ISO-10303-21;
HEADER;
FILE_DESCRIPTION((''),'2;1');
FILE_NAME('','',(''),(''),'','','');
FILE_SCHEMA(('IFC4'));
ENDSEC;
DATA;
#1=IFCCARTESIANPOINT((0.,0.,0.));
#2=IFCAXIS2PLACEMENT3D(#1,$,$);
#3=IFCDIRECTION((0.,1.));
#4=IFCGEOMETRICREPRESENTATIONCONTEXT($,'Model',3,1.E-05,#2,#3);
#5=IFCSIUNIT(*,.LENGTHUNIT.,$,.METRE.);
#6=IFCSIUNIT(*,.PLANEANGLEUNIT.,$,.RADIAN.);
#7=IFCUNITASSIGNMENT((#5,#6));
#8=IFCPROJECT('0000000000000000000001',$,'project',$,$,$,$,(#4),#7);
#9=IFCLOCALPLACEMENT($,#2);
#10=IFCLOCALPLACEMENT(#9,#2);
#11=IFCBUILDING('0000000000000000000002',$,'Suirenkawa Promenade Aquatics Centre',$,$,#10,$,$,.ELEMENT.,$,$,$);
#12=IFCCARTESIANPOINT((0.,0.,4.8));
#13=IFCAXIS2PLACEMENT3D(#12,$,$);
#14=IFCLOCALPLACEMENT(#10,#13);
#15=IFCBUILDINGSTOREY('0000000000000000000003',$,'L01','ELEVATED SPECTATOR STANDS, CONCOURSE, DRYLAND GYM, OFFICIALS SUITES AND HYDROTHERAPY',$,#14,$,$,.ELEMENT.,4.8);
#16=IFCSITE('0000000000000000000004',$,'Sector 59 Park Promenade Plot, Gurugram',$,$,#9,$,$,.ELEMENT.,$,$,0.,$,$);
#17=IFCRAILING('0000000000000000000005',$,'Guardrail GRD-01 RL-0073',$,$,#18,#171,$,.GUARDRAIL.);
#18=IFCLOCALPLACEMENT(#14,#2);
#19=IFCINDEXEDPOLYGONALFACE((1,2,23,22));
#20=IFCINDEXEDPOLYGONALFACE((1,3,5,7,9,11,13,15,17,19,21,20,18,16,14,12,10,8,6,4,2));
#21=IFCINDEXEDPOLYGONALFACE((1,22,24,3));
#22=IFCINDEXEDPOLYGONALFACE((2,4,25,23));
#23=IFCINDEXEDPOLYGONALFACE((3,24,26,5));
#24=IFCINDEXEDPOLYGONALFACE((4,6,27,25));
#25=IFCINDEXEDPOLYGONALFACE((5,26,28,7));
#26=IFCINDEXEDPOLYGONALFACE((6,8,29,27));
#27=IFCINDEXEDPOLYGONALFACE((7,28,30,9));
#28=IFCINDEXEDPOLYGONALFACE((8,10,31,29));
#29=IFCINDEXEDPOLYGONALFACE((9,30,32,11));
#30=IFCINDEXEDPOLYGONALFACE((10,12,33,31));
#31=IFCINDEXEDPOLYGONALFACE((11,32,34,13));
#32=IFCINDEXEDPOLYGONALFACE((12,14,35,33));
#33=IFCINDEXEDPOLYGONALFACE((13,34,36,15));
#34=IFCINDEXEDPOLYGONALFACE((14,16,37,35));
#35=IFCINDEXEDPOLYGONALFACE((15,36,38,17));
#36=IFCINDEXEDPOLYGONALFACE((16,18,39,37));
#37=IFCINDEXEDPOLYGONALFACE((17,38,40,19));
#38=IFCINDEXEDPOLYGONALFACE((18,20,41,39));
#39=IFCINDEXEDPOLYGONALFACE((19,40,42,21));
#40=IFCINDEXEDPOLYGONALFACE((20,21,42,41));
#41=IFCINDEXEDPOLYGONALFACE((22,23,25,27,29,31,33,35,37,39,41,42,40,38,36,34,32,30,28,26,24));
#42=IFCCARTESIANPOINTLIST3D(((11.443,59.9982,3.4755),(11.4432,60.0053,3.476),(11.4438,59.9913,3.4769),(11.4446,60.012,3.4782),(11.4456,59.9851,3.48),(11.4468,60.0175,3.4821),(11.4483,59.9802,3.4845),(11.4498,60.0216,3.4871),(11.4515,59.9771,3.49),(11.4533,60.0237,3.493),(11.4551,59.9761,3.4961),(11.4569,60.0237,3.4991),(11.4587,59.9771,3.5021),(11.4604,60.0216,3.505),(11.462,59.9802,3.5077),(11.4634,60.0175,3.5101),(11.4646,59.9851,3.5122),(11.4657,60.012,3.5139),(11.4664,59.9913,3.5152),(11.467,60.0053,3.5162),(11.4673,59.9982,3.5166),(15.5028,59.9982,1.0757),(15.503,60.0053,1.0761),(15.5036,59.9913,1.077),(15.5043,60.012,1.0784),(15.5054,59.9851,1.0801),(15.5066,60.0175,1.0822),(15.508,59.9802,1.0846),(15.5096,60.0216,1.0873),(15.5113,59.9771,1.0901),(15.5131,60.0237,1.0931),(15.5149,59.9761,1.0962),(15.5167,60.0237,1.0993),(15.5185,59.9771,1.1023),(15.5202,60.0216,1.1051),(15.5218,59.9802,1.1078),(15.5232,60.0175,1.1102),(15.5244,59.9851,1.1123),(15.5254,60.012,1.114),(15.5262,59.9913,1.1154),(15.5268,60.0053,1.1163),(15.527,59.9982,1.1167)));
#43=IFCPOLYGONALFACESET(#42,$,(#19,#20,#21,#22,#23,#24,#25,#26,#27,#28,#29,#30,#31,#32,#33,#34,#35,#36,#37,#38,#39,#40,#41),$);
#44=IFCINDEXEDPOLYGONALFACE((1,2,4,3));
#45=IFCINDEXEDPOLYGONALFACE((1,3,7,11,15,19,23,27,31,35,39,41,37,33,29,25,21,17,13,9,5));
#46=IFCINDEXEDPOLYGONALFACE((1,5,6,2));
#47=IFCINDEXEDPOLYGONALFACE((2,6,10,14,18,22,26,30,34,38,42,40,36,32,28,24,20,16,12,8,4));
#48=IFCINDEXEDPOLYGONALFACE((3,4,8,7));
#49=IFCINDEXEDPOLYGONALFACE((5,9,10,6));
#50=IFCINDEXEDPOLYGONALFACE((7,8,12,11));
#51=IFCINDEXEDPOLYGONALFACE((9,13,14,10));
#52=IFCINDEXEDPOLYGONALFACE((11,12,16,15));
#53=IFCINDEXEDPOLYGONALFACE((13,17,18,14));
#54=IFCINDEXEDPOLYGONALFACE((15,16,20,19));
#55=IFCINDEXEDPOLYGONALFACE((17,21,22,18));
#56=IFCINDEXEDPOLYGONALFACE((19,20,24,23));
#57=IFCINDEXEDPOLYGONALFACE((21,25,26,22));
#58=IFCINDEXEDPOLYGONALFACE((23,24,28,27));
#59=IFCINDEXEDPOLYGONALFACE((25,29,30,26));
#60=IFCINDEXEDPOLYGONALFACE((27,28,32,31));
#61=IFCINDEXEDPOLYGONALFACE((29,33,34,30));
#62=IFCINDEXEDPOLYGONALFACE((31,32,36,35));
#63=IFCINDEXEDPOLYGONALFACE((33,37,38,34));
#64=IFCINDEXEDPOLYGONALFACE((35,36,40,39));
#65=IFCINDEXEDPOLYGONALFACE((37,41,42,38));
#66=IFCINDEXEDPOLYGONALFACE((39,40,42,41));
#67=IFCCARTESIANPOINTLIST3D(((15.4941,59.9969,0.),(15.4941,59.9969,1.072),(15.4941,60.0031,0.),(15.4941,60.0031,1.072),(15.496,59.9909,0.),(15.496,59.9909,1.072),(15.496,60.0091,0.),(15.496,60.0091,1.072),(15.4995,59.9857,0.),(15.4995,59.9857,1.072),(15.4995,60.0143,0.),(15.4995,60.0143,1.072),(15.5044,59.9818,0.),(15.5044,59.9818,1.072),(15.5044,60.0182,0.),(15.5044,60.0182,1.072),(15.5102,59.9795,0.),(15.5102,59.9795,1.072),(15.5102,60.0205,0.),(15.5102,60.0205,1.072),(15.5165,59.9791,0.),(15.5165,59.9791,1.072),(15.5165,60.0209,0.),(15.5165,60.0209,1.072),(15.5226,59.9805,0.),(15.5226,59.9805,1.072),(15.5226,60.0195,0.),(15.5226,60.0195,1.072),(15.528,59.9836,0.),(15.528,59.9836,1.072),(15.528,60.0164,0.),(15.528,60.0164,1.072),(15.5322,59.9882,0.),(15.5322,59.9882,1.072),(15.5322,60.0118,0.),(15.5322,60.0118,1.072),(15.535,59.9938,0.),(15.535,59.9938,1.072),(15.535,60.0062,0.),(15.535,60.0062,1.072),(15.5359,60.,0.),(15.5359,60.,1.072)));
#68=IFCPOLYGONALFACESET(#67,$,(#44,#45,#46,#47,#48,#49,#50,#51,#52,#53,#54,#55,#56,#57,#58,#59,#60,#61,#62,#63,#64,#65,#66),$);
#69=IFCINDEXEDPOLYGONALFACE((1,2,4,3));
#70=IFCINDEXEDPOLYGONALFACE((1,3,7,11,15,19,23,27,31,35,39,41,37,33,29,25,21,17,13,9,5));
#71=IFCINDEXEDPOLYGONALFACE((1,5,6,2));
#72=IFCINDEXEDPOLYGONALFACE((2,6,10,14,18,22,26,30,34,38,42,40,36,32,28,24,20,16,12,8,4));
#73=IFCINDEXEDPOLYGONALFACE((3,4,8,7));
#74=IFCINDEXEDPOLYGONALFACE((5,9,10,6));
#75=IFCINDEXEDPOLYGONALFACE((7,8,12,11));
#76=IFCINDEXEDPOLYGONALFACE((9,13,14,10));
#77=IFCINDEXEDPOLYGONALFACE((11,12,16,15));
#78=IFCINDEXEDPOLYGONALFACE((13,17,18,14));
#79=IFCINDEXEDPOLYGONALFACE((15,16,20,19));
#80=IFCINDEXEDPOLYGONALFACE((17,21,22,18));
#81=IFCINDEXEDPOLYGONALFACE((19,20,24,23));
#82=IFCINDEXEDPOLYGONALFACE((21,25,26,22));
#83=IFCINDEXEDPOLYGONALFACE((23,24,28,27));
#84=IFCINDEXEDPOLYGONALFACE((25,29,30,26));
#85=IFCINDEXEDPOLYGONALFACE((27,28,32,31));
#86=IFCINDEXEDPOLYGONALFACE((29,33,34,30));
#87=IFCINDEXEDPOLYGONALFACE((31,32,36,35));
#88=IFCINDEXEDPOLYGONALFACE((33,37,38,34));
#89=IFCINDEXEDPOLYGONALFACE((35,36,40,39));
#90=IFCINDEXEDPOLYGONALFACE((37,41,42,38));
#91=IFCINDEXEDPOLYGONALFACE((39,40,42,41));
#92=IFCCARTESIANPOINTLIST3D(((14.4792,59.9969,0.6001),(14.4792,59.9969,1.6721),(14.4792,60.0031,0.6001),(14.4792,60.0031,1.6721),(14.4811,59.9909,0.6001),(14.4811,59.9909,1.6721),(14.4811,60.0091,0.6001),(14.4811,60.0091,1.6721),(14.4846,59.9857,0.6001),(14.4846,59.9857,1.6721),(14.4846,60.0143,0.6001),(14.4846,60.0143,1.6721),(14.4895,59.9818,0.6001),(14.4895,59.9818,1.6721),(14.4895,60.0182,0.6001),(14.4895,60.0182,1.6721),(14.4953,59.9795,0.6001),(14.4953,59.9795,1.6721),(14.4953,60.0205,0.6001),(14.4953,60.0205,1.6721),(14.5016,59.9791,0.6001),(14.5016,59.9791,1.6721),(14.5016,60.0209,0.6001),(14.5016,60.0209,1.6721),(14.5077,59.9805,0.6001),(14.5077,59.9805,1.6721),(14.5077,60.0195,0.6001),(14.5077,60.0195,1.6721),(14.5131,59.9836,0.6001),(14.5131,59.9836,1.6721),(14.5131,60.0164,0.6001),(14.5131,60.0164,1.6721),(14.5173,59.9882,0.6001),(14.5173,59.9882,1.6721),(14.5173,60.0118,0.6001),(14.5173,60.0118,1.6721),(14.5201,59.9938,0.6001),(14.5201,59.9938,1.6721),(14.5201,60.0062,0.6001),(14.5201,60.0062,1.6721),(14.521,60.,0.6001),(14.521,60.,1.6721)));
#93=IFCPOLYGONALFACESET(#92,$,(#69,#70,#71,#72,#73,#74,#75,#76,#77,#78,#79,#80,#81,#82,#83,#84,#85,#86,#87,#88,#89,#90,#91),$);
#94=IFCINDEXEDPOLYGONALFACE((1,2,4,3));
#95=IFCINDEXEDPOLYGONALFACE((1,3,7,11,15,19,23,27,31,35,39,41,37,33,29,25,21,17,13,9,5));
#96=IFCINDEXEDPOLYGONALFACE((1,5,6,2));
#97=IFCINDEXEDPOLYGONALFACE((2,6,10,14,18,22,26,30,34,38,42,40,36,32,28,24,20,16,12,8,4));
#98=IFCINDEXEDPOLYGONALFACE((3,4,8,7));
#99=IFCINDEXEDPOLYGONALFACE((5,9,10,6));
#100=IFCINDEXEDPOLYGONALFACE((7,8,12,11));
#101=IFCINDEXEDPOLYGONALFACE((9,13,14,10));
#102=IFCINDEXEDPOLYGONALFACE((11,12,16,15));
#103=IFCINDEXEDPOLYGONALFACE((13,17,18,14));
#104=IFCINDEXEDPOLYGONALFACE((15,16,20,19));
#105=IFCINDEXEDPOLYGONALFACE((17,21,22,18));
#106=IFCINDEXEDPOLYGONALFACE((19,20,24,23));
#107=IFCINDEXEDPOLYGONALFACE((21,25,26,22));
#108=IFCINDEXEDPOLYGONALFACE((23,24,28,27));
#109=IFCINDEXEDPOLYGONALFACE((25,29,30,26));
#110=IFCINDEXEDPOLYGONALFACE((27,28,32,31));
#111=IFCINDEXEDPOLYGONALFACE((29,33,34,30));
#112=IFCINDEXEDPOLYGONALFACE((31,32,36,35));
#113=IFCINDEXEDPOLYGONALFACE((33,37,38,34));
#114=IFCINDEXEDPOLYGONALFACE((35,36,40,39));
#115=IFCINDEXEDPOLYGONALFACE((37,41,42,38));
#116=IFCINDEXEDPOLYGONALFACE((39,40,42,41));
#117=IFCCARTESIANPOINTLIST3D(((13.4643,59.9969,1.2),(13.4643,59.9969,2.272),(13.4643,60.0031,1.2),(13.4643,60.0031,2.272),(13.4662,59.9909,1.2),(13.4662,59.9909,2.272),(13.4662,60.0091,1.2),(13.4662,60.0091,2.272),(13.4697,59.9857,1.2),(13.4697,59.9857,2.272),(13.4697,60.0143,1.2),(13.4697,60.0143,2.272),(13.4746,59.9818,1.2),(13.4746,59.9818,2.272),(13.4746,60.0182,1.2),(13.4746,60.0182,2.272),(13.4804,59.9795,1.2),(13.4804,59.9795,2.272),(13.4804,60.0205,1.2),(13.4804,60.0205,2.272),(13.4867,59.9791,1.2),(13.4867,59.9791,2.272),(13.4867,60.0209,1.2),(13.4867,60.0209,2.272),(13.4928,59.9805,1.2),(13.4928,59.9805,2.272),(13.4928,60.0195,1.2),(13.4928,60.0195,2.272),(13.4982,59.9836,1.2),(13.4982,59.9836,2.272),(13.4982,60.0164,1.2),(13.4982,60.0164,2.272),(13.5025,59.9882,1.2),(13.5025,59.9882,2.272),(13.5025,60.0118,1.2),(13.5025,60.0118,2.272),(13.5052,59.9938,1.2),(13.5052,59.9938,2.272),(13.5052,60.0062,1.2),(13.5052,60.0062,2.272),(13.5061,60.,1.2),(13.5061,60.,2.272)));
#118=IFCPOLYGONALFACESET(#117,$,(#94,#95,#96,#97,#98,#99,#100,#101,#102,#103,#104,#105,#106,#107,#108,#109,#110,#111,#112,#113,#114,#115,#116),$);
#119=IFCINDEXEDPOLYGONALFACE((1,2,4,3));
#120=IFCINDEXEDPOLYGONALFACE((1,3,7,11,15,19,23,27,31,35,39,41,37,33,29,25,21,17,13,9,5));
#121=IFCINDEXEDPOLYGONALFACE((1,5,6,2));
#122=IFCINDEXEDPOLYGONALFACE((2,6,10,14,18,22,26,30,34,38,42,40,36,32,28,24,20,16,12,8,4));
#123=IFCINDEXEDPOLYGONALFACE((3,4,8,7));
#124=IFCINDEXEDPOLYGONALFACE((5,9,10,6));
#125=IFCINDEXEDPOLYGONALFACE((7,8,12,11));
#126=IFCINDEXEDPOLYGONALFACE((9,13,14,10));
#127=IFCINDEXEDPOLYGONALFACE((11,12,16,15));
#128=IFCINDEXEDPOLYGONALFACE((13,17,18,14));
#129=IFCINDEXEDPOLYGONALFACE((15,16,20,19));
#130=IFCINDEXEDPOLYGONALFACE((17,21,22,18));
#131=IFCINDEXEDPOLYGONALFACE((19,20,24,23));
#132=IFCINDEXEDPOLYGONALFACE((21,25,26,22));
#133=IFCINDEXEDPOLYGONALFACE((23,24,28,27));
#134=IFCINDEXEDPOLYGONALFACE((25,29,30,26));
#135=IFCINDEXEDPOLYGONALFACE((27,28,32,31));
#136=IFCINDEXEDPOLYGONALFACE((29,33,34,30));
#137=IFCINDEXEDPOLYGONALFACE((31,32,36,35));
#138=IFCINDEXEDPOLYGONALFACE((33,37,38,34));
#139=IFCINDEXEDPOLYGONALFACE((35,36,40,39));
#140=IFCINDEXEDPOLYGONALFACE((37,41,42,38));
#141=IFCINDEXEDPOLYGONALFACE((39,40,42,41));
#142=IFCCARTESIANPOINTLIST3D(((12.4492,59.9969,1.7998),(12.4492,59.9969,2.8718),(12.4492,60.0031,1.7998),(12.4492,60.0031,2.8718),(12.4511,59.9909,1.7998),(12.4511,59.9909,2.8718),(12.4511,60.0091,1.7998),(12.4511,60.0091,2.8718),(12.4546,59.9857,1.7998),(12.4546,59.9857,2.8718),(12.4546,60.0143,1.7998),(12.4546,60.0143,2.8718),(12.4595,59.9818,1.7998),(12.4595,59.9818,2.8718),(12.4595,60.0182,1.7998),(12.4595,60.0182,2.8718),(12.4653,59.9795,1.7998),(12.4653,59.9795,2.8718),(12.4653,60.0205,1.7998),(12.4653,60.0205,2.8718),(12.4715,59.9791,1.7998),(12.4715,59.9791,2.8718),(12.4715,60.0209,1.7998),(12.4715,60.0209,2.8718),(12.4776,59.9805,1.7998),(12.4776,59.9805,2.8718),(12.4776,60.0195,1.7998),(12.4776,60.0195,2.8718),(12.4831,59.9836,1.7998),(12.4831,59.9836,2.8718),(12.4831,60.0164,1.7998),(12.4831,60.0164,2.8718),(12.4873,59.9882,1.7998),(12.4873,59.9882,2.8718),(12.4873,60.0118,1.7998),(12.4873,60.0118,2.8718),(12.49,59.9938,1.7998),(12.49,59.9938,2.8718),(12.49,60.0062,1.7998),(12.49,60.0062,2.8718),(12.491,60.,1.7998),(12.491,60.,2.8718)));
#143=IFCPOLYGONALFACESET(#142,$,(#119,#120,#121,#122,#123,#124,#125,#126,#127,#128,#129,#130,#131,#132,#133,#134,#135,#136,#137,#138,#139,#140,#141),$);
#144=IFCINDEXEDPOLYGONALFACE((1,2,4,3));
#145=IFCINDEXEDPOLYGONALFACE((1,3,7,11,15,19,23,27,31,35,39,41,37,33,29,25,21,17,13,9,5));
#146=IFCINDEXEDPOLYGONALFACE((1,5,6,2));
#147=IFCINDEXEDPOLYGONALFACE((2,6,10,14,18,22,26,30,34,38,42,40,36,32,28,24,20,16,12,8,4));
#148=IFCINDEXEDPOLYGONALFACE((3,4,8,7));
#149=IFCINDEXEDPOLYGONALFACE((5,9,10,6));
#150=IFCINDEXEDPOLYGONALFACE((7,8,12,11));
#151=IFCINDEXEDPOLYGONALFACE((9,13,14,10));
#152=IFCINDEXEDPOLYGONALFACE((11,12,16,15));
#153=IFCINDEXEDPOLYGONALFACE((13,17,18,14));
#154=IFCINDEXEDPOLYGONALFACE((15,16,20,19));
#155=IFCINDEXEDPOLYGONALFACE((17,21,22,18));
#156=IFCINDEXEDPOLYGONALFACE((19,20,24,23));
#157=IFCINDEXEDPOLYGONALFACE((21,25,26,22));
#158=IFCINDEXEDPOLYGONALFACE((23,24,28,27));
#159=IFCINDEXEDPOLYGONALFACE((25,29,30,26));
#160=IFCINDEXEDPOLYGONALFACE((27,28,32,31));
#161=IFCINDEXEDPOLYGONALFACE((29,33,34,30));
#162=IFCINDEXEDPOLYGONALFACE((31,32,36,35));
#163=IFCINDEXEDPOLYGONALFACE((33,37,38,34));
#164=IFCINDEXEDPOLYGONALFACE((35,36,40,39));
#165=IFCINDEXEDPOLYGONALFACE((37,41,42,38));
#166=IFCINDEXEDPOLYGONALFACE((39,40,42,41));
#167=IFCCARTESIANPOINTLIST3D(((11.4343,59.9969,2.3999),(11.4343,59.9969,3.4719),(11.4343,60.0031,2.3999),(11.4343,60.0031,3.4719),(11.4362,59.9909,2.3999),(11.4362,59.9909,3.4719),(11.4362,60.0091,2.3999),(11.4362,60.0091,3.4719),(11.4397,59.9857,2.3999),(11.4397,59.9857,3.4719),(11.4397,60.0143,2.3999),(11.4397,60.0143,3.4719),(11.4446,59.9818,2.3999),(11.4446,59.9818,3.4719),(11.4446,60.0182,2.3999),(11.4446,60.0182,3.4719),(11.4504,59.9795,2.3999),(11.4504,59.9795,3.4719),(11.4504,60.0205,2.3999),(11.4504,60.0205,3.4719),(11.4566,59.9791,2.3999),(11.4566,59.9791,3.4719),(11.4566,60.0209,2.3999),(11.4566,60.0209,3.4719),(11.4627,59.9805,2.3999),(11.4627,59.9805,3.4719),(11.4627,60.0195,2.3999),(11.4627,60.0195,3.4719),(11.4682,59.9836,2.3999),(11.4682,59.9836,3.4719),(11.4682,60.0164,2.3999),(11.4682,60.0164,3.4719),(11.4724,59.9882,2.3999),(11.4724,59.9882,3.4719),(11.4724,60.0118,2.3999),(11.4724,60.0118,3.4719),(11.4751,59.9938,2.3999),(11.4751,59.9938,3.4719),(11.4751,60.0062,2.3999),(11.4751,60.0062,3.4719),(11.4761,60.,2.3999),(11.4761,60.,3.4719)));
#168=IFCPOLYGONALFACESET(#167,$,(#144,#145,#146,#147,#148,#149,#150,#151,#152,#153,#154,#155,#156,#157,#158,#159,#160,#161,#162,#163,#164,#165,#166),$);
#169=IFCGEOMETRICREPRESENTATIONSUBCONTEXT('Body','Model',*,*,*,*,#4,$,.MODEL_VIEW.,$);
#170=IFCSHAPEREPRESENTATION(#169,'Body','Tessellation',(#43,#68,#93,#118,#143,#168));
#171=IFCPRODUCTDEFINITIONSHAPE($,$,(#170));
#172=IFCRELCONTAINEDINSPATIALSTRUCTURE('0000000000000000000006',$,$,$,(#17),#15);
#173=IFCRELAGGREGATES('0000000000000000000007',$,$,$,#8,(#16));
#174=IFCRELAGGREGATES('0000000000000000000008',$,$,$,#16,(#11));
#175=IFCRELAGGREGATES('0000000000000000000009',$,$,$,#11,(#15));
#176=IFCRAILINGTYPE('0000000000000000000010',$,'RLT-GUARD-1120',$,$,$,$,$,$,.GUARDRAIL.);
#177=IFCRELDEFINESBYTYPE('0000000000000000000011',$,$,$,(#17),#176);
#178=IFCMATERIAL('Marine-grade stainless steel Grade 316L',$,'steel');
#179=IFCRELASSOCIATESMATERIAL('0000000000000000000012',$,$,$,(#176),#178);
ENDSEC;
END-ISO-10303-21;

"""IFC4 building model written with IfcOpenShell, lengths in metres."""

from ifc_helpers import new_model, si_unit, direction, frame, origin, origin_2d, place, context, subcontext, project, spatial, circle, extrude, material, type_object, element, save


model = new_model("IFC4")

# Units and contexts
model_context = context("Model", 3, precision=1e-05, world=origin(), true_north=direction((0.0, 1.0)))
body_context = subcontext(model_context, "Body", "Model", "MODEL_VIEW")
ifc_project = project(units=[si_unit("LENGTHUNIT", "METRE"), si_unit("PLANEANGLEUNIT", "RADIAN")], contexts=[model_context])

# Site, building, storey
site_placement = place(None, origin())
site = spatial("IfcSite", under=ifc_project, at=site_placement, Name="Sector 59 Park Promenade Plot, Gurugram", CompositionType="ELEMENT", RefElevation=0.0)
building_placement = place(site_placement, origin())
building = spatial("IfcBuilding", under=site, at=building_placement, Name="Suirenkawa Promenade Aquatics Centre", CompositionType="ELEMENT")
storey_placement = place(building_placement, frame((0.0, 0.0, 4.8)))
storey = spatial("IfcBuildingStorey", under=building, at=storey_placement, Name="L01", Description="ELEVATED SPECTATOR STANDS, CONCOURSE, DRYLAND GYM, OFFICIALS SUITES AND HYDROTHERAPY", CompositionType="ELEMENT", Elevation=4.8)

# Shared definitions
ifc_material_1 = material(Name="Marine-grade stainless steel Grade 316L", Category="steel")

# Railing
railing_type_1 = type_object("IfcRailingType", Name="RLT-GUARD-1120", PredefinedType="GUARDRAIL", material=ifc_material_1)
for number, where, name in (
    (1, (15.5149, 60.0, 0.0), "Guardrail GRD-01 RL-0073"),
):
    element("IfcRailing", number, at=place(storey_placement, frame(where)), inside=storey, type_object=railing_type_1, Name=name, PredefinedType="GUARDRAIL", context=body_context, shape_type="SweptSolid", body=[
        extrude(circle(Radius=0.0239, at=origin_2d()), frame((0.0, 0.0, 1.0962), z_axis=(-0.860841, 0.0, 0.508874), x_axis=(0.0, -1.0, 0.0)), (0.0, 0.0, 1.0), 4.7161),
        extrude(circle(Radius=0.021, at=origin_2d()), origin(), (0.0, 0.0, 1.0), 1.072),
        extrude(circle(Radius=0.021, at=origin_2d()), frame((-1.0149, 0.0, 0.6001)), (0.0, 0.0, 1.0), 1.072),
        extrude(circle(Radius=0.021, at=origin_2d()), frame((-2.0298, 0.0, 1.2)), (0.0, 0.0, 1.0), 1.072),
        extrude(circle(Radius=0.021, at=origin_2d()), frame((-3.0449, 0.0, 1.7998)), (0.0, 0.0, 1.0), 1.072),
        extrude(circle(Radius=0.021, at=origin_2d()), frame((-4.0598, 0.0, 2.3999)), (0.0, 0.0, 1.0), 1.072),
    ])

save(model, "model.ifc")
